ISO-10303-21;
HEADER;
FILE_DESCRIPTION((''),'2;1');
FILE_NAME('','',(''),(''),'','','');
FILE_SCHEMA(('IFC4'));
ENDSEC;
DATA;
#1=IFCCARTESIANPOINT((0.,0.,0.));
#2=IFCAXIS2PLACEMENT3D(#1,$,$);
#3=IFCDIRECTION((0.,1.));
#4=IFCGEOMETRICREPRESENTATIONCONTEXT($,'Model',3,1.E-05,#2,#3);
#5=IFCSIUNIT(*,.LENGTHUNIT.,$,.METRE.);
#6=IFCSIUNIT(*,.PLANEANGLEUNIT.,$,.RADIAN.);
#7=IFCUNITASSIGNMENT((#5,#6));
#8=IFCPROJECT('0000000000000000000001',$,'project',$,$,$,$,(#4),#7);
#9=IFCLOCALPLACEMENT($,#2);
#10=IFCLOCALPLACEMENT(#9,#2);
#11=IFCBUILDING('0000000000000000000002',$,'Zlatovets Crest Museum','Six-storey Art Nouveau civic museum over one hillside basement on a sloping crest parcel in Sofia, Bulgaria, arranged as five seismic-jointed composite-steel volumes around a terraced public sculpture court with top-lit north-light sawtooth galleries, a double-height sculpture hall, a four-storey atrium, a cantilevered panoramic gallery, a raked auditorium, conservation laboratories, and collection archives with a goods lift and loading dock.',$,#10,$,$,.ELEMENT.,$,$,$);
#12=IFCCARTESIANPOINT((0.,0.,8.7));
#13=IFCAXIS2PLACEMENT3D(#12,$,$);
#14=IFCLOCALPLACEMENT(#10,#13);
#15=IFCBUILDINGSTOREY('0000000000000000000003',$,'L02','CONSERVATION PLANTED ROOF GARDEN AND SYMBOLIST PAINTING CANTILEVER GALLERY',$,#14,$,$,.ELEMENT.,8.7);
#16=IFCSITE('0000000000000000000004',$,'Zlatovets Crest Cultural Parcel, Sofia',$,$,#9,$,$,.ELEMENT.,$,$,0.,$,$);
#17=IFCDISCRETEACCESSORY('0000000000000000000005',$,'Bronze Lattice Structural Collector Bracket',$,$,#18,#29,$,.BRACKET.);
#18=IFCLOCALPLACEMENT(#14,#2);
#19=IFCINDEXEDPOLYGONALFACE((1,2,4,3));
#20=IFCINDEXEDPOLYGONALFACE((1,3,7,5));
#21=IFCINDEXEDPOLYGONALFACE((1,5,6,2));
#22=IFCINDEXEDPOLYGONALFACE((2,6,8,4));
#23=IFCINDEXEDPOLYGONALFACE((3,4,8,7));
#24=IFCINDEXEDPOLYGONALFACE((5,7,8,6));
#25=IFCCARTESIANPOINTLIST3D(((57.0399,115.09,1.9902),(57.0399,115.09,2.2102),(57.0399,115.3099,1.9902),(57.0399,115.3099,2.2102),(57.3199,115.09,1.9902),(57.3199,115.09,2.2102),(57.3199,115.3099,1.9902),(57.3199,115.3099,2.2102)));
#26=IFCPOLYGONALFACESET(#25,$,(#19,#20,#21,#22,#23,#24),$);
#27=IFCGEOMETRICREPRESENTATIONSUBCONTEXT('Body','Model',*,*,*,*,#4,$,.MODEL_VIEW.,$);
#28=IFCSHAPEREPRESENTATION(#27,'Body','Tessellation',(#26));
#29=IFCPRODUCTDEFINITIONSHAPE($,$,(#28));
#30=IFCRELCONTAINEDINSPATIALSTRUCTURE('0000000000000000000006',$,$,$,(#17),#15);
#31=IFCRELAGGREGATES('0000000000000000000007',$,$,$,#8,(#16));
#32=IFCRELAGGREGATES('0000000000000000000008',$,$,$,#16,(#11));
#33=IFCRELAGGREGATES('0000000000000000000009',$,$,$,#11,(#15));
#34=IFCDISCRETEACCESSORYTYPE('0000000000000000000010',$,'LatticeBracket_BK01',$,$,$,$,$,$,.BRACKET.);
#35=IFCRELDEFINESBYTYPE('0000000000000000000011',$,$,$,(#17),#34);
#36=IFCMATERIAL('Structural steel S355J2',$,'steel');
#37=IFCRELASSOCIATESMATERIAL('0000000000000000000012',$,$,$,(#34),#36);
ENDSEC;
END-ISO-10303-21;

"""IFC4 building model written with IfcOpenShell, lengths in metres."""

from ifc_helpers import new_model, si_unit, direction, frame, origin, origin_2d, place, context, subcontext, project, spatial, rectangle, extrude, material, type_object, element, save


model = new_model("IFC4")

# Units and contexts
model_context = context("Model", 3, precision=1e-05, world=origin(), true_north=direction((0.0, 1.0)))
body_context = subcontext(model_context, "Body", "Model", "MODEL_VIEW")
ifc_project = project(units=[si_unit("LENGTHUNIT", "METRE"), si_unit("PLANEANGLEUNIT", "RADIAN")], contexts=[model_context])

# Site, building, storey
site_placement = place(None, origin())
site = spatial("IfcSite", under=ifc_project, at=site_placement, Name="Zlatovets Crest Cultural Parcel, Sofia", CompositionType="ELEMENT", RefElevation=0.0)
building_placement = place(site_placement, origin())
building = spatial("IfcBuilding", under=site, at=building_placement, Name="Zlatovets Crest Museum", Description="Six-storey Art Nouveau civic museum over one hillside basement on a sloping crest parcel in Sofia, Bulgaria, arranged as five seismic-jointed composite-steel volumes around a terraced public sculpture court with top-lit north-light sawtooth galleries, a double-height sculpture hall, a four-storey atrium, a cantilevered panoramic gallery, a raked auditorium, conservation laboratories, and collection archives with a goods lift and loading dock.", CompositionType="ELEMENT")
storey_placement = place(building_placement, frame((0.0, 0.0, 8.7)))
storey = spatial("IfcBuildingStorey", under=building, at=storey_placement, Name="L02", Description="CONSERVATION PLANTED ROOF GARDEN AND SYMBOLIST PAINTING CANTILEVER GALLERY", CompositionType="ELEMENT", Elevation=8.7)

# Shared definitions
ifc_material_1 = material(Name="Structural steel S355J2", Category="steel")

# Discrete accessory
discrete_accessory_type = type_object("IfcDiscreteAccessoryType", Name="LatticeBracket_BK01", PredefinedType="BRACKET", material=ifc_material_1)
for number, where, z_axis, x_axis, name in (
    (1, (57.1799, 115.2, 1.9902), (0.0, 0.0, 1.0), (1.0, 0.0, 0.0), "Bronze Lattice Structural Collector Bracket"),
):
    element("IfcDiscreteAccessory", number, at=place(storey_placement, frame(where, z_axis=z_axis, x_axis=x_axis)), inside=storey, type_object=discrete_accessory_type, Name=name, PredefinedType="BRACKET", context=body_context, shape_type="SweptSolid", body=[
        extrude(rectangle(XDim=0.28, YDim=0.22, at=origin_2d()), origin(), (0.0, 0.0, 1.0), 0.22),
    ])

save(model, "model.ifc")
